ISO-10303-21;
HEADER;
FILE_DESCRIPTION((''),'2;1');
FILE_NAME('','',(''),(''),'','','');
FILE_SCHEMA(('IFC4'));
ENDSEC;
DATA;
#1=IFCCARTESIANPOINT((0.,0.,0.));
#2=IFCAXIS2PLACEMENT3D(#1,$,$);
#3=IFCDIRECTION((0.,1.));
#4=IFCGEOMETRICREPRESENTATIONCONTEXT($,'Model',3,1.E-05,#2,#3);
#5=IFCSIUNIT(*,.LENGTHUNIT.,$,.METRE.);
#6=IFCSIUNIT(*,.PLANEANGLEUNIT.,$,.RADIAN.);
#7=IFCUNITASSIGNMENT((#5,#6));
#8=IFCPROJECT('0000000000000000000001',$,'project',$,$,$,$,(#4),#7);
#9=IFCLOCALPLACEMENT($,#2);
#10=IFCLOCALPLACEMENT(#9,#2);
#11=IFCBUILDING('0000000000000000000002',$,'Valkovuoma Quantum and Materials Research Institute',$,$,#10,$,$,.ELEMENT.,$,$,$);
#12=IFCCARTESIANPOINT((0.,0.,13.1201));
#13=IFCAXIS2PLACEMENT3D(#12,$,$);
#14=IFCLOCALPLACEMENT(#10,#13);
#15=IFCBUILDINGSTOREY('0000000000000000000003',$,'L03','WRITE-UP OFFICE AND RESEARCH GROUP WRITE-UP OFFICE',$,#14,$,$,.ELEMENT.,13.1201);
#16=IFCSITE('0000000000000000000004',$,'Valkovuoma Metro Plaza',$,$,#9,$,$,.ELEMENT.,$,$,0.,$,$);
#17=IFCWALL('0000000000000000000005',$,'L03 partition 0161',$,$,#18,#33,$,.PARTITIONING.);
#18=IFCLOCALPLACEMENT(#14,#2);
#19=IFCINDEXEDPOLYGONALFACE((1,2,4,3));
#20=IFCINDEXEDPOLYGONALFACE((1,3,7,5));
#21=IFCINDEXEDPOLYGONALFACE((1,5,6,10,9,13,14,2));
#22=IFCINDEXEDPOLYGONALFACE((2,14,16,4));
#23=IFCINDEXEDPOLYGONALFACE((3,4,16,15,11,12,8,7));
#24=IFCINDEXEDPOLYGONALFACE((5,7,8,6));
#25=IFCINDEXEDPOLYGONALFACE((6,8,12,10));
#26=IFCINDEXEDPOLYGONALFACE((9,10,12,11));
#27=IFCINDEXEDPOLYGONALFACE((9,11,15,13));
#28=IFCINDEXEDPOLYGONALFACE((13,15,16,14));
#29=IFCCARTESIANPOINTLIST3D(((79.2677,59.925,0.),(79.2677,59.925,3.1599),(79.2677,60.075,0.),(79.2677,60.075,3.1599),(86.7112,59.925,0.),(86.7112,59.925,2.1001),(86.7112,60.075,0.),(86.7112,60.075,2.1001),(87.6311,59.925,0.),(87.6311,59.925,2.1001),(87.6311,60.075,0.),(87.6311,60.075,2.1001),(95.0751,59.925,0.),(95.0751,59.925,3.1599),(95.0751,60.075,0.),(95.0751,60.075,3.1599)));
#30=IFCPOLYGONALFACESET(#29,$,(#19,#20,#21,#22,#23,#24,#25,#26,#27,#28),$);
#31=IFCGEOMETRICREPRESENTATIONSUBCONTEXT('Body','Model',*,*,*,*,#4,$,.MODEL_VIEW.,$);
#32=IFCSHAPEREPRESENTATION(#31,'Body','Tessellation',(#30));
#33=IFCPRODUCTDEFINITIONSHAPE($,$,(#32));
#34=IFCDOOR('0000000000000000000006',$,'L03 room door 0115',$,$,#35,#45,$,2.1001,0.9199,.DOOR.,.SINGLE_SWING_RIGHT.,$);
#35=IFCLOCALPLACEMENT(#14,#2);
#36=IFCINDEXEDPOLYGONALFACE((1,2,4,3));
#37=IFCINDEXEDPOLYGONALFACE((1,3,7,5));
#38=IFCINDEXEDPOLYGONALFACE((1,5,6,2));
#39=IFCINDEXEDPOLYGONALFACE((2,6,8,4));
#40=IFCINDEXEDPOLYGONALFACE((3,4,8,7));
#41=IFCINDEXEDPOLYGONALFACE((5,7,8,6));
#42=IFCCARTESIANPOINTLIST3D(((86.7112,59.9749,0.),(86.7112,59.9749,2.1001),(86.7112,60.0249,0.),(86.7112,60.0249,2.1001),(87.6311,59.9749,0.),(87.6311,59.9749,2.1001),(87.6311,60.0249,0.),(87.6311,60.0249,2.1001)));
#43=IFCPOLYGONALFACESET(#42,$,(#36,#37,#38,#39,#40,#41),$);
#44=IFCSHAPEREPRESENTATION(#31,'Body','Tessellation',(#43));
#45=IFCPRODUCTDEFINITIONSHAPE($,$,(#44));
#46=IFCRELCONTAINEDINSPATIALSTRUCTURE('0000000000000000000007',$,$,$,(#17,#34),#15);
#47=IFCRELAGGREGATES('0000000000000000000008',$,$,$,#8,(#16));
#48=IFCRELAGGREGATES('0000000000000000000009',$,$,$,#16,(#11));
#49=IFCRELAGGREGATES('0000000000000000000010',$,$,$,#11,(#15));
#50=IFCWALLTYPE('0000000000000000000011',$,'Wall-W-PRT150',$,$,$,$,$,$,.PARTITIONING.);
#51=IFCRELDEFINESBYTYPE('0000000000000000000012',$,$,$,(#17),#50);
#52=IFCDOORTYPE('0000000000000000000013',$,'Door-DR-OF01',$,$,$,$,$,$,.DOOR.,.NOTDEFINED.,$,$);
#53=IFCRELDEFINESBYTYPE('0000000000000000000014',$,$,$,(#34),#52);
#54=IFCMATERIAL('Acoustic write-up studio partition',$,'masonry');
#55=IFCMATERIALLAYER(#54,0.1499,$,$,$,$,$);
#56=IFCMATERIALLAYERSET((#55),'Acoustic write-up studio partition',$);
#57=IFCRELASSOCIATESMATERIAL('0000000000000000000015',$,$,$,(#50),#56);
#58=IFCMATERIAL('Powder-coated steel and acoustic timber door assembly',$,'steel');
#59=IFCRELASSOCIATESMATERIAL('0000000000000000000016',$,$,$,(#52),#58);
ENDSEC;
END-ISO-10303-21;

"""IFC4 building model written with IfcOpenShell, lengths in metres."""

from ifc_helpers import new_model, si_unit, direction, frame, frame_2d, origin, place, context, subcontext, project, spatial, rectangle, extrude, material, layer, layer_set, type_object, element, fill, save


model = new_model("IFC4")

# Units and contexts
model_context = context("Model", 3, precision=1e-05, world=origin(), true_north=direction((0.0, 1.0)))
body_context = subcontext(model_context, "Body", "Model", "MODEL_VIEW")
ifc_project = project(units=[si_unit("LENGTHUNIT", "METRE"), si_unit("PLANEANGLEUNIT", "RADIAN")], contexts=[model_context])

# Site, building, storey
site_placement = place(None, origin())
site = spatial("IfcSite", under=ifc_project, at=site_placement, Name="Valkovuoma Metro Plaza", CompositionType="ELEMENT", RefElevation=0.0)
building_placement = place(site_placement, origin())
building = spatial("IfcBuilding", under=site, at=building_placement, Name="Valkovuoma Quantum and Materials Research Institute", CompositionType="ELEMENT")
storey_placement = place(building_placement, frame((0.0, 0.0, 13.1201)))
storey = spatial("IfcBuildingStorey", under=building, at=storey_placement, Name="L03", Description="WRITE-UP OFFICE AND RESEARCH GROUP WRITE-UP OFFICE", CompositionType="ELEMENT", Elevation=13.1201)

# Wall, opening, door
ifc_material_1 = material(Name="Acoustic write-up studio partition", Category="masonry")
ifc_layer_1 = layer(ifc_material_1, 0.1499)
ifc_layer_set_1 = layer_set([ifc_layer_1], Name="Acoustic write-up studio partition")
wall_type_1 = type_object("IfcWallType", Name="Wall-W-PRT150", PredefinedType="PARTITIONING", material=ifc_layer_set_1)
wall_1_placement = place(storey_placement, frame((79.2676, 60.0, 0.0), z_axis=(0.0, 0.0, 1.0), x_axis=(1.0, 0.0, 0.0)))
wall_1 = element("IfcWall", 1, at=wall_1_placement, inside=storey, type_object=wall_type_1, Name="L03 partition 0161", PredefinedType="PARTITIONING", context=body_context, shape_type="SweptSolid", body=[
    extrude(rectangle(XDim=15.8074, YDim=0.1499, at=frame_2d((7.9038, 0.0))), origin(), (0.0, 0.0, 1.0), 3.1599),
])
opening_placement = place(wall_1_placement, frame((7.4436, 0.0, 0.0)))
opening = element("IfcOpeningElement", 2, at=opening_placement, cuts=wall_1, PredefinedType="OPENING", context=body_context, shape_type="SweptSolid", body=[
    extrude(rectangle(XDim=0.9199, YDim=2.1001, at=frame_2d((0.46, 1.05))), frame((0.0, 0.085, 0.0), z_axis=(0.0, -1.0, 0.0), x_axis=(1.0, 0.0, 0.0)), (0.0, 0.0, 1.0), 0.1699),
])
ifc_material_2 = material(Name="Powder-coated steel and acoustic timber door assembly", Category="steel")
door_type = type_object("IfcDoorType", Name="Door-DR-OF01", OperationType="NOTDEFINED", PredefinedType="DOOR", material=ifc_material_2)
door_placement = place(opening_placement, origin())
door = element("IfcDoor", 3, at=door_placement, inside=storey, type_object=door_type, Name="L03 room door 0115", OperationType="SINGLE_SWING_RIGHT", OverallHeight=2.1001, OverallWidth=0.9199, PredefinedType="DOOR", context=body_context, shape_type="SweptSolid", body=[
    extrude(rectangle(XDim=0.9199, YDim=2.1001, at=frame_2d((0.46, 1.05))), frame((0.0, 0.0249, 0.0), z_axis=(0.0, -1.0, 0.0), x_axis=(1.0, 0.0, 0.0)), (0.0, 0.0, 1.0), 0.05),
])
fill(opening, door)

save(model, "model.ifc")
